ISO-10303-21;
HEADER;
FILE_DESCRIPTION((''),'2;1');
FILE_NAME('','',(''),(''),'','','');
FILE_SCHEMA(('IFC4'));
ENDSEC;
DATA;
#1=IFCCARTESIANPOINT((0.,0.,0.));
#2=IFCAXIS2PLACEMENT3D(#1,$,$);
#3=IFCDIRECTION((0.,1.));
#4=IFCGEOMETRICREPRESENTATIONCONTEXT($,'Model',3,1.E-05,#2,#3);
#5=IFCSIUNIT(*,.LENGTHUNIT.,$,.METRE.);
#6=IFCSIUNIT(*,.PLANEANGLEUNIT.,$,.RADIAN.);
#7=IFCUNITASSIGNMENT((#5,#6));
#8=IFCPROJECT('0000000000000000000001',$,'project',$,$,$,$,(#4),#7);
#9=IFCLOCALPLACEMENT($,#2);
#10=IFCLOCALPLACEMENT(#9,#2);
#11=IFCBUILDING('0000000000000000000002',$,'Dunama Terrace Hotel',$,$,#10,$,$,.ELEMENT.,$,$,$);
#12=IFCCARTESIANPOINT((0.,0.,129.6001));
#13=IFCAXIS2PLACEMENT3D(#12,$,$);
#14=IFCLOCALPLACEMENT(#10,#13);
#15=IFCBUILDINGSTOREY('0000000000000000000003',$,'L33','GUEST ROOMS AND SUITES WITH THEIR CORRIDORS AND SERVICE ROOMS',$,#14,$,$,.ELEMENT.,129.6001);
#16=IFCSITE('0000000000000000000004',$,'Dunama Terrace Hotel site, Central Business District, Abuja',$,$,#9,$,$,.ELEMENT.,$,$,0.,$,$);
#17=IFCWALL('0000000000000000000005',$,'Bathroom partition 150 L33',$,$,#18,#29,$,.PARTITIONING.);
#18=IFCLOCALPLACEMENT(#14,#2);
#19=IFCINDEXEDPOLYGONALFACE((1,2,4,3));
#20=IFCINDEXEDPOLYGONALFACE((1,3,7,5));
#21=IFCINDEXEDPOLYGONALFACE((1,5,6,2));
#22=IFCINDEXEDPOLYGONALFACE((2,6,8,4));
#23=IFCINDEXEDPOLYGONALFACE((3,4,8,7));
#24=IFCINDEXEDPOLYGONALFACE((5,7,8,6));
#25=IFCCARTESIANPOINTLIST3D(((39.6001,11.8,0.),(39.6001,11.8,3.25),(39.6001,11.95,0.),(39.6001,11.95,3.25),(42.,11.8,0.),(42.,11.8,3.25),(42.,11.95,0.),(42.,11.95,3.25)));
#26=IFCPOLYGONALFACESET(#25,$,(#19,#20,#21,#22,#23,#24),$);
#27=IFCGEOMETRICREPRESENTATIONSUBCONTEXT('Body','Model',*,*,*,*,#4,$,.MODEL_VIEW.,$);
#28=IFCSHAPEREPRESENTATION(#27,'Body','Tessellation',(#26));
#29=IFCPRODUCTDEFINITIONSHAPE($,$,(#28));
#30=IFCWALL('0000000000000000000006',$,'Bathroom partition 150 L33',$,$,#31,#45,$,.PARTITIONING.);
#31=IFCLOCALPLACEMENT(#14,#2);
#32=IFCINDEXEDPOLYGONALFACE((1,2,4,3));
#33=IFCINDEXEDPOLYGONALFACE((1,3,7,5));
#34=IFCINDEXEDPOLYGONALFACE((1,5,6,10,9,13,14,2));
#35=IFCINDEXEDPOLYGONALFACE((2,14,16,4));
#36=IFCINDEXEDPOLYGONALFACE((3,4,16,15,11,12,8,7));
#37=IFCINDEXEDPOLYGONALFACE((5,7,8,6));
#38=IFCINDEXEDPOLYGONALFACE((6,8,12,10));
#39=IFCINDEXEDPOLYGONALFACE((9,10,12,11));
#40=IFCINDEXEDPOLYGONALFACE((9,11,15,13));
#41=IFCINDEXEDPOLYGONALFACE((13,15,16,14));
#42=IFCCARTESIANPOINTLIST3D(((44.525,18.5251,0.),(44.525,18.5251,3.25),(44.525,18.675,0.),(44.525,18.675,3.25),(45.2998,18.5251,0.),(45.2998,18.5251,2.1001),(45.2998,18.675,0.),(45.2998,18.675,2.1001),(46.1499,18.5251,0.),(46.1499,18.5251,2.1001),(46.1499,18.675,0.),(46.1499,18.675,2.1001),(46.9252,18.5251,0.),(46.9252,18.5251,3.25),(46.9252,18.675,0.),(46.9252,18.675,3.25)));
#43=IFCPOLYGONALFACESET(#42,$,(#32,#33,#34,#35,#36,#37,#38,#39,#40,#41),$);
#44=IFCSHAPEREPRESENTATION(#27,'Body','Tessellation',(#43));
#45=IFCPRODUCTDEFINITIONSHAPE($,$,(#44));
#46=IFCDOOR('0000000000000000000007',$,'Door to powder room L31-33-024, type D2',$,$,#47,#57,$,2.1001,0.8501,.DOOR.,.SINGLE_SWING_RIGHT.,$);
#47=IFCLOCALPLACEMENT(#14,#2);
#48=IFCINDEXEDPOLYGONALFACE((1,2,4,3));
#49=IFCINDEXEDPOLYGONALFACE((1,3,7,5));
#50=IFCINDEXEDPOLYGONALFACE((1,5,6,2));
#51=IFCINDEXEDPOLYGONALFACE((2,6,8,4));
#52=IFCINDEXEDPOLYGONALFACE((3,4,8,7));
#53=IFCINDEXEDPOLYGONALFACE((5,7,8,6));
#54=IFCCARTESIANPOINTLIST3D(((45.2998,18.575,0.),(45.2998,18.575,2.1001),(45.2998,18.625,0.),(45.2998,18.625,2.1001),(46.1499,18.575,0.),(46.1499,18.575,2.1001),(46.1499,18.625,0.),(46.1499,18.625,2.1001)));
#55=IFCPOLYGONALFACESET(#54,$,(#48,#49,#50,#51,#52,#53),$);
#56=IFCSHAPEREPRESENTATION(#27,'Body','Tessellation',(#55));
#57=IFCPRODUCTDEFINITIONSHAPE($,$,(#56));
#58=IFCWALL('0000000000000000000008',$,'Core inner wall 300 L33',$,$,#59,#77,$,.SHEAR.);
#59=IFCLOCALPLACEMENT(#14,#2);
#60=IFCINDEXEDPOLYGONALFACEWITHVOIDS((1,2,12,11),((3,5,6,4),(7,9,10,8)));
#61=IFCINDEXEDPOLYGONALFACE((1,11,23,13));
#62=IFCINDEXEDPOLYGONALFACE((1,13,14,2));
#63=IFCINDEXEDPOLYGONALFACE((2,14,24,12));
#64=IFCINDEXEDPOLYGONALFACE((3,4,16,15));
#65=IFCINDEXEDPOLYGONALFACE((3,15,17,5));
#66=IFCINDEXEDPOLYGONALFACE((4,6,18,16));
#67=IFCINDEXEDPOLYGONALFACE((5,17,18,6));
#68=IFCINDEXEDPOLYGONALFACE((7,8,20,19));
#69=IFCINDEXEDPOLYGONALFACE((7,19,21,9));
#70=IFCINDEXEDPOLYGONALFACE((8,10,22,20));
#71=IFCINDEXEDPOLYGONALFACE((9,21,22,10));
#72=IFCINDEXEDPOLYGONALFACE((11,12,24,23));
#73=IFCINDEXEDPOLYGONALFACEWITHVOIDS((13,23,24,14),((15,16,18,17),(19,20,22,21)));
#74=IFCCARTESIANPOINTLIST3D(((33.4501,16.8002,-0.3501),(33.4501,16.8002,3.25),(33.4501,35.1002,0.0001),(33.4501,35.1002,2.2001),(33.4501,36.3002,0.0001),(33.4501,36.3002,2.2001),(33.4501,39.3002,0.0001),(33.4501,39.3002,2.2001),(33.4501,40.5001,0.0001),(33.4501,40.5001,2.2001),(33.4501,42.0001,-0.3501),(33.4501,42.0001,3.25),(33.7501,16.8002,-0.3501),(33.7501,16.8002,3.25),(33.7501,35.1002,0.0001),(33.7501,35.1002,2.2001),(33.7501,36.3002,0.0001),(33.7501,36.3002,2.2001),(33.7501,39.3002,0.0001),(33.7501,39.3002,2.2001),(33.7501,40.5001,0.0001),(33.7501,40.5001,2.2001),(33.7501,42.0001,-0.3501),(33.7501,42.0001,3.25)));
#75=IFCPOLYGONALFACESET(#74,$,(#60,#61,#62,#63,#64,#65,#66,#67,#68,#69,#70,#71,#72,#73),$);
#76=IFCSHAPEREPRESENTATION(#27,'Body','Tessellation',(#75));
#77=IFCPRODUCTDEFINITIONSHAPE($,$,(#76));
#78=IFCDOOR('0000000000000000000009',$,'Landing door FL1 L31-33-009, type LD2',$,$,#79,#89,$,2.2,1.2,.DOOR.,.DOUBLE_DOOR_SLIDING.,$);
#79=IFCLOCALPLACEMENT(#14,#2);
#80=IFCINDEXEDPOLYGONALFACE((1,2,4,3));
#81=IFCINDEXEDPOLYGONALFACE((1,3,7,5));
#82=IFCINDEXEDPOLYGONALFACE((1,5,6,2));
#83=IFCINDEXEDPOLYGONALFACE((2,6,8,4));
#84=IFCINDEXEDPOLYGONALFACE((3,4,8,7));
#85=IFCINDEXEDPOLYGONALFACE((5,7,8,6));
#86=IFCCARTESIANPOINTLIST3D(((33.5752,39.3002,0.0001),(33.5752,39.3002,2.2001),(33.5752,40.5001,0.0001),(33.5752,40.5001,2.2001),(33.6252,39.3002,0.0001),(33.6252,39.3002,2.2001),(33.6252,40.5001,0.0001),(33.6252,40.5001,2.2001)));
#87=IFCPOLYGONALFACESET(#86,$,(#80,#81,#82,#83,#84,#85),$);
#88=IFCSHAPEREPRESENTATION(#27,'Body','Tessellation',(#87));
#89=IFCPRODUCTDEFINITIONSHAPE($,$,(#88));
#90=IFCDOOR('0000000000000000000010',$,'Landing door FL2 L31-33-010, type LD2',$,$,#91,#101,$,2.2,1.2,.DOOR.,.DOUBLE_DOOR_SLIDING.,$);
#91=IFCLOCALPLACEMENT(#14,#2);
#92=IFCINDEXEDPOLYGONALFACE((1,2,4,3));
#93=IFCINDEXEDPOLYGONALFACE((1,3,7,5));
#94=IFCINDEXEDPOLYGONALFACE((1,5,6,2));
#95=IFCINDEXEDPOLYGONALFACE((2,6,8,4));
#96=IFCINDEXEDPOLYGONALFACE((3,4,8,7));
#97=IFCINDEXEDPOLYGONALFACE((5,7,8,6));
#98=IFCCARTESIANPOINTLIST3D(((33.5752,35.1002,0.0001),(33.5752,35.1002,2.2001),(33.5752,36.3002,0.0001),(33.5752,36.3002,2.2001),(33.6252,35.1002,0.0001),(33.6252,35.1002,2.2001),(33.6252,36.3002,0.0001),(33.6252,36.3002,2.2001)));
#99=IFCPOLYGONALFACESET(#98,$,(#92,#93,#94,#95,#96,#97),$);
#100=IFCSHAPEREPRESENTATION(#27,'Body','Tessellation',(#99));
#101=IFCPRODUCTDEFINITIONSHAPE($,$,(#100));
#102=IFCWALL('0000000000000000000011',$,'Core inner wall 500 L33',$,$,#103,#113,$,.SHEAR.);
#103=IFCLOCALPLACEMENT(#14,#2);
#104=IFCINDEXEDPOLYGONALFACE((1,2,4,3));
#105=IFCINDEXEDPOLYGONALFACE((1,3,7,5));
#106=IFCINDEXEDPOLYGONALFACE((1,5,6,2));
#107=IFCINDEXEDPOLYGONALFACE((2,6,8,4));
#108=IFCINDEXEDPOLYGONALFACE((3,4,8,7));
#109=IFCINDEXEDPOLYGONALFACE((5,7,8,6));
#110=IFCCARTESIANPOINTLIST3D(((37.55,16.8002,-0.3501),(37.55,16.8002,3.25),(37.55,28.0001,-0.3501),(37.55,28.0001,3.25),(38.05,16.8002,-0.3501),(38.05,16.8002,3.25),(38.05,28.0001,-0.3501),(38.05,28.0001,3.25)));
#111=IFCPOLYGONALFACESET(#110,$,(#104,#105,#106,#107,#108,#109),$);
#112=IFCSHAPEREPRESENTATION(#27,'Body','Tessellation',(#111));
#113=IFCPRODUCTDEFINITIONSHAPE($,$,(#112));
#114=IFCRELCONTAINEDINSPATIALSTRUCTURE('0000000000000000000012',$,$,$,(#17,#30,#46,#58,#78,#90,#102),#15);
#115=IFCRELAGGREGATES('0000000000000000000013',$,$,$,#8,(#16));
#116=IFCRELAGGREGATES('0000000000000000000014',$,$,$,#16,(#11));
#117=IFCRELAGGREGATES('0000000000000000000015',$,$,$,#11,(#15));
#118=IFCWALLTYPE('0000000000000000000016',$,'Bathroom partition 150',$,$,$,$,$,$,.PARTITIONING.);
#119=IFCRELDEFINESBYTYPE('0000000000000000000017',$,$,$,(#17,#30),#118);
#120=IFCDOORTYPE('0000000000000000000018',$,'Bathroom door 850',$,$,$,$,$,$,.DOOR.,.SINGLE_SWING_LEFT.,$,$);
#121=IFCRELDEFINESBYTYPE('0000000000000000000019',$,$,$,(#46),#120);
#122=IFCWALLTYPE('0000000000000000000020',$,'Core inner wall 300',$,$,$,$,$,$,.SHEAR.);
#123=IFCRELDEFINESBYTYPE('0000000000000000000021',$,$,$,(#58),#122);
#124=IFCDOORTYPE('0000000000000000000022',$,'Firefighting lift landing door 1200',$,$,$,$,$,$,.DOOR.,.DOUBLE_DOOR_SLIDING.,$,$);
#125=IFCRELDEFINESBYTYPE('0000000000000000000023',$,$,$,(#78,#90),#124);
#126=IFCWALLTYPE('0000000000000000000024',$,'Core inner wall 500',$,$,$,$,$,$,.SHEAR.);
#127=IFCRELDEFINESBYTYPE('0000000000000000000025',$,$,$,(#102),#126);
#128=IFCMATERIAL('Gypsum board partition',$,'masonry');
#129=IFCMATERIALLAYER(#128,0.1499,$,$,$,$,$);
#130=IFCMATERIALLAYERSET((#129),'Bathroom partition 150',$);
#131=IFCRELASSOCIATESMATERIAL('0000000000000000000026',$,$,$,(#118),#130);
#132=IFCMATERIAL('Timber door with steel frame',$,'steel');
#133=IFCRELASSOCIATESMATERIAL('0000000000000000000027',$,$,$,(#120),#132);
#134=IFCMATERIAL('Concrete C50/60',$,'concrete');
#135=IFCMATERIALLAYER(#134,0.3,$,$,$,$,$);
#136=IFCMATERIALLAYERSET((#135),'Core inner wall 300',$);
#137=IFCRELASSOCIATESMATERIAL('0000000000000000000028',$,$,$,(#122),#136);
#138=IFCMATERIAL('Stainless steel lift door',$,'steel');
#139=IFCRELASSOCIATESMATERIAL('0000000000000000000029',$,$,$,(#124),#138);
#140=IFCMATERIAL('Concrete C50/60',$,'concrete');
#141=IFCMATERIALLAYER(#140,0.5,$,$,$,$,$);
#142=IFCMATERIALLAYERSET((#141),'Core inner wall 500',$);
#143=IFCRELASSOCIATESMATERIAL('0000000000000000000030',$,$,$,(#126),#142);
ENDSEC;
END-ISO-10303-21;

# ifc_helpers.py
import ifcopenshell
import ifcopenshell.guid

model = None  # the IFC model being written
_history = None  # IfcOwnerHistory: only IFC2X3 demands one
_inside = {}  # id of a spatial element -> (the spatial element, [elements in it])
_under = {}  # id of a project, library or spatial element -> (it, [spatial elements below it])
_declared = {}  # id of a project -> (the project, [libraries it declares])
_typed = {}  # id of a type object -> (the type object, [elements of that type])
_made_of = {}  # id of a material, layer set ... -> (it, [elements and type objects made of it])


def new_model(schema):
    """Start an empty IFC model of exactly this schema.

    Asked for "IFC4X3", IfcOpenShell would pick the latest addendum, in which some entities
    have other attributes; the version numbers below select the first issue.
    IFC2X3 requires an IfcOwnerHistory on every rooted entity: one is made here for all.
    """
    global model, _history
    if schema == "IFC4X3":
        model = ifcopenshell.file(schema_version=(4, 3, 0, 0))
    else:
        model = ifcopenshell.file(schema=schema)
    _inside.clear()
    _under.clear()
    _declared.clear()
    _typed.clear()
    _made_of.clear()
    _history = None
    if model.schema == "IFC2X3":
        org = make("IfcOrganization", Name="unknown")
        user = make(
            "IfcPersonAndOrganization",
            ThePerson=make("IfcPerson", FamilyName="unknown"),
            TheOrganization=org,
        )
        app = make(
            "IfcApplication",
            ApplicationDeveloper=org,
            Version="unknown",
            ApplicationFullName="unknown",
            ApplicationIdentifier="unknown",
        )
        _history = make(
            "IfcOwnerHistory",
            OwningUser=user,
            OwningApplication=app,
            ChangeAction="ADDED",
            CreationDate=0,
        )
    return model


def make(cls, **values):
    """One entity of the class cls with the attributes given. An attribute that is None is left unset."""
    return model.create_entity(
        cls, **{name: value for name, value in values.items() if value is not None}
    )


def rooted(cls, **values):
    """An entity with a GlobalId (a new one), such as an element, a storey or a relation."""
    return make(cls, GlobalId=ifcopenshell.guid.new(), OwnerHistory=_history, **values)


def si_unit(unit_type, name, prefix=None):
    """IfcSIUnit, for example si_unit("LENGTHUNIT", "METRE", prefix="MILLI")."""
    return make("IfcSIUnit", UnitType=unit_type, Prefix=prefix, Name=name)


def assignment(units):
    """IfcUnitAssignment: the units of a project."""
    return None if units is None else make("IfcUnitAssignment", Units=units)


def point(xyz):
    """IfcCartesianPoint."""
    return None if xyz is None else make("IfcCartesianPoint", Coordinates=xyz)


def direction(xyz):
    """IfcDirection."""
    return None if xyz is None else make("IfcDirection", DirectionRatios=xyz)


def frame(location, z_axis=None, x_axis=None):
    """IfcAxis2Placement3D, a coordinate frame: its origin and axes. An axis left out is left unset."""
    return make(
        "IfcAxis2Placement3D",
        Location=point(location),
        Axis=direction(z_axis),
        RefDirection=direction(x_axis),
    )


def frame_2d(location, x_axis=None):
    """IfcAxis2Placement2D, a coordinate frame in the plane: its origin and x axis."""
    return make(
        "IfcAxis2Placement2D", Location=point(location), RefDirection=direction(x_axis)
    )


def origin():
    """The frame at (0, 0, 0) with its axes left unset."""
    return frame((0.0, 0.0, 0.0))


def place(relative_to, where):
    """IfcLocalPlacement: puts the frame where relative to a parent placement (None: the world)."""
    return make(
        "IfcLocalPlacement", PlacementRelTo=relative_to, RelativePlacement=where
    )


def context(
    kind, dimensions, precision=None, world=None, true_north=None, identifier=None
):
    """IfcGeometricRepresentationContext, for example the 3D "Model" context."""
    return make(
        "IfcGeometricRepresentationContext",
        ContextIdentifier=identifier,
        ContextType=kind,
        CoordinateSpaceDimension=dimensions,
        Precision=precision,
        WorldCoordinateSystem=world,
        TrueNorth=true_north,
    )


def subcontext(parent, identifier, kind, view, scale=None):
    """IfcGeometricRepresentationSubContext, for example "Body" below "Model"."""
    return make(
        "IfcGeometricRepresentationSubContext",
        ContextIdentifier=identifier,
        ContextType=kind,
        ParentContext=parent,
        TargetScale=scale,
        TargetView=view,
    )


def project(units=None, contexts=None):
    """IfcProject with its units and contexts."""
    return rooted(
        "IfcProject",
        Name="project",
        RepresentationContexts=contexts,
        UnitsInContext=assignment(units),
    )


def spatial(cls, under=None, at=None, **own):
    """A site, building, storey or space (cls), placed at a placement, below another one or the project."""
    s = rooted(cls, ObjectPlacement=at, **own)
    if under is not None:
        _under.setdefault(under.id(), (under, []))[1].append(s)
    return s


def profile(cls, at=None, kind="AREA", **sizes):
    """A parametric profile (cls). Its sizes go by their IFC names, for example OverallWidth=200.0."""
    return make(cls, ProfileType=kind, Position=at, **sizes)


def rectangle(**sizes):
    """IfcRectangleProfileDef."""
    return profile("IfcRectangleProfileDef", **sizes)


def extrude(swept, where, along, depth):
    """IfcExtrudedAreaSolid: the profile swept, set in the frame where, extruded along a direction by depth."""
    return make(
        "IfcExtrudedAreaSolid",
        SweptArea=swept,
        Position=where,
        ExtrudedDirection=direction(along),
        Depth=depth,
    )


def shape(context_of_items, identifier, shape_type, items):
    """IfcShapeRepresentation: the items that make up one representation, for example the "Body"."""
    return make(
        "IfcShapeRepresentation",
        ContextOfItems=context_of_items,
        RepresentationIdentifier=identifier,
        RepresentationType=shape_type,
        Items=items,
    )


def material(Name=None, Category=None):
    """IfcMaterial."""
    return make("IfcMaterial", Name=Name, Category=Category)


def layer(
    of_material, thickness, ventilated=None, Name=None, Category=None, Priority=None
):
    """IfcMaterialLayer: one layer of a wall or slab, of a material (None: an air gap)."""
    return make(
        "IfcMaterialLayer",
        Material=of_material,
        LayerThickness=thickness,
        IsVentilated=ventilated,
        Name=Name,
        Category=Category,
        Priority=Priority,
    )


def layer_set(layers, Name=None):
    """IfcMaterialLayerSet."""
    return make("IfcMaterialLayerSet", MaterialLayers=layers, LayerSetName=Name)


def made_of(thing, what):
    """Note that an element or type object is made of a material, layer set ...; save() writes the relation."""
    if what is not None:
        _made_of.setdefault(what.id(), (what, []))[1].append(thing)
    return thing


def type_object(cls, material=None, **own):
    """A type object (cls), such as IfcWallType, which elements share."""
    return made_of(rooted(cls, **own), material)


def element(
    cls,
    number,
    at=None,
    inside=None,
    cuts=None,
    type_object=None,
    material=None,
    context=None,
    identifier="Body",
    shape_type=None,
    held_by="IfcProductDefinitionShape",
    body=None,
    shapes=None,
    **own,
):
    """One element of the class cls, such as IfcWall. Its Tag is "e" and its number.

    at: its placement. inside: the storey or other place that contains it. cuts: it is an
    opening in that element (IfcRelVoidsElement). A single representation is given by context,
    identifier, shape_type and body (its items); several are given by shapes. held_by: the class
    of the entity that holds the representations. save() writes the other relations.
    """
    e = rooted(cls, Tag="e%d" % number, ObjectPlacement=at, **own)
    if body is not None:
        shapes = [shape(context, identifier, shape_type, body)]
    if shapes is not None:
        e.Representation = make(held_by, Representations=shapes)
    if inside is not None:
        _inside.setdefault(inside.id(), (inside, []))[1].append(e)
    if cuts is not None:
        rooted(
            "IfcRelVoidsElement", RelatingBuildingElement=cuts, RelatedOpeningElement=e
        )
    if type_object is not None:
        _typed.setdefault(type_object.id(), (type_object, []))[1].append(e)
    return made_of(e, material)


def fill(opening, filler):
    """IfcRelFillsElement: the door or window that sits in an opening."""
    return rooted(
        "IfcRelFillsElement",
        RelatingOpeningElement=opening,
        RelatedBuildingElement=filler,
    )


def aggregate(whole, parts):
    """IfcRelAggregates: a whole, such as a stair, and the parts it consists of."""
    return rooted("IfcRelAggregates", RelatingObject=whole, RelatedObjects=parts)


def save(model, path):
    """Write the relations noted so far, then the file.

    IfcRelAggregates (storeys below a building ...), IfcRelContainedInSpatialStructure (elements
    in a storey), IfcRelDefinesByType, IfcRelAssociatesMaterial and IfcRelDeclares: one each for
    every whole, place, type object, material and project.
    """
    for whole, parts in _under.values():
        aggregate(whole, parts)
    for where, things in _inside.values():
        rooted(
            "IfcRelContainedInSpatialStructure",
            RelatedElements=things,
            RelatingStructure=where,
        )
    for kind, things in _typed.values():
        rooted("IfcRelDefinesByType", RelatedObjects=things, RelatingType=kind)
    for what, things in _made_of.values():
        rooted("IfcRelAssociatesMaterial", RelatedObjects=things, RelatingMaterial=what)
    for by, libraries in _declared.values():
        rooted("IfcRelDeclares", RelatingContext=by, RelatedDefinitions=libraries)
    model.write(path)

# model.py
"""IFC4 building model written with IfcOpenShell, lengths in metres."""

from ifc_helpers import new_model, si_unit, direction, frame, frame_2d, origin, place, context, subcontext, project, spatial, rectangle, extrude, material, layer, layer_set, type_object, element, fill, save


model = new_model("IFC4")

# Units and contexts
model_context = context("Model", 3, precision=1e-05, world=origin(), true_north=direction((0.0, 1.0)))
body_context = subcontext(model_context, "Body", "Model", "MODEL_VIEW")
ifc_project = project(units=[si_unit("LENGTHUNIT", "METRE"), si_unit("PLANEANGLEUNIT", "RADIAN")], contexts=[model_context])

# Site, building, storey
site_placement = place(None, origin())
site = spatial("IfcSite", under=ifc_project, at=site_placement, Name="Dunama Terrace Hotel site, Central Business District, Abuja", CompositionType="ELEMENT", RefElevation=0.0)
building_placement = place(site_placement, origin())
building = spatial("IfcBuilding", under=site, at=building_placement, Name="Dunama Terrace Hotel", CompositionType="ELEMENT")
storey_placement = place(building_placement, frame((0.0, 0.0, 129.6001)))
storey = spatial("IfcBuildingStorey", under=building, at=storey_placement, Name="L33", Description="GUEST ROOMS AND SUITES WITH THEIR CORRIDORS AND SERVICE ROOMS", CompositionType="ELEMENT", Elevation=129.6001)

# Wall
ifc_material_1 = material(Name="Gypsum board partition", Category="masonry")
ifc_layer_1 = layer(ifc_material_1, 0.1499)
ifc_layer_set_1 = layer_set([ifc_layer_1], Name="Bathroom partition 150")
wall_type_1 = type_object("IfcWallType", Name="Bathroom partition 150", PredefinedType="PARTITIONING", material=ifc_layer_set_1)
wall_1_placement = place(storey_placement, frame((39.6001, 11.875, 0.0), z_axis=(0.0, 0.0, 1.0), x_axis=(1.0, 0.0, 0.0)))
element("IfcWall", 1, at=wall_1_placement, inside=storey, type_object=wall_type_1, Name="Bathroom partition 150 L33", PredefinedType="PARTITIONING", context=body_context, shape_type="SweptSolid", body=[
    extrude(rectangle(XDim=2.3999, YDim=0.1499, at=frame_2d((1.2, 0.0))), origin(), (0.0, 0.0, 1.0), 3.25),
])

# Wall, opening, door
wall_2_placement = place(storey_placement, frame((44.5249, 18.6001, 0.0), z_axis=(0.0, 0.0, 1.0), x_axis=(1.0, 0.0, 0.0)))
wall_2 = element("IfcWall", 2, at=wall_2_placement, inside=storey, type_object=wall_type_1, Name="Bathroom partition 150 L33", PredefinedType="PARTITIONING", context=body_context, shape_type="SweptSolid", body=[
    extrude(rectangle(XDim=2.4001, YDim=0.1499, at=frame_2d((1.2002, 0.0))), origin(), (0.0, 0.0, 1.0), 3.25),
])
opening_1_placement = place(wall_2_placement, frame((0.7749, 0.0, 0.0)))
opening_1 = element("IfcOpeningElement", 3, at=opening_1_placement, cuts=wall_2, PredefinedType="OPENING", context=body_context, shape_type="SweptSolid", body=[
    extrude(rectangle(XDim=0.8501, YDim=2.1001, at=frame_2d((0.425, 1.05))), frame((0.0, 0.085, 0.0), z_axis=(0.0, -1.0, 0.0), x_axis=(1.0, 0.0, 0.0)), (0.0, 0.0, 1.0), 0.1699),
])
ifc_material_2 = material(Name="Timber door with steel frame", Category="steel")
door_type_1 = type_object("IfcDoorType", Name="Bathroom door 850", OperationType="SINGLE_SWING_LEFT", PredefinedType="DOOR", material=ifc_material_2)
door_1_placement = place(opening_1_placement, frame((0.8501, 0.0, 0.0), z_axis=(0.0, 0.0, 1.0), x_axis=(-1.0, 0.0, 0.0)))
door_1 = element("IfcDoor", 4, at=door_1_placement, inside=storey, type_object=door_type_1, Name="Door to powder room L31-33-024, type D2", OperationType="SINGLE_SWING_RIGHT", OverallHeight=2.1001, OverallWidth=0.8501, PredefinedType="DOOR", context=body_context, shape_type="SweptSolid", body=[
    extrude(rectangle(XDim=0.8501, YDim=2.1001, at=frame_2d((0.425, 1.05))), frame((0.0, 0.0251, 0.0), z_axis=(0.0, -1.0, 0.0), x_axis=(1.0, 0.0, 0.0)), (0.0, 0.0, 1.0), 0.05),
])
fill(opening_1, door_1)

# Wall, openings, doors
ifc_material_3 = material(Name="Concrete C50/60", Category="concrete")
ifc_layer_2 = layer(ifc_material_3, 0.3)
ifc_layer_set_2 = layer_set([ifc_layer_2], Name="Core inner wall 300")
wall_type_2 = type_object("IfcWallType", Name="Core inner wall 300", PredefinedType="SHEAR", material=ifc_layer_set_2)
wall_3_placement = place(storey_placement, frame((33.6001, 16.8, -0.3501), z_axis=(0.0, 0.0, 1.0), x_axis=(0.0, 1.0, 0.0)))
wall_3 = element("IfcWall", 5, at=wall_3_placement, inside=storey, type_object=wall_type_2, Name="Core inner wall 300 L33", PredefinedType="SHEAR", context=body_context, shape_type="SweptSolid", body=[
    extrude(rectangle(XDim=25.2, YDim=0.3, at=frame_2d((12.6001, 0.0))), origin(), (0.0, 0.0, 1.0), 3.6001),
])
opening_2_placement = place(wall_3_placement, frame((22.5, 0.0, 0.3501)))
opening_2 = element("IfcOpeningElement", 6, at=opening_2_placement, cuts=wall_3, PredefinedType="OPENING", context=body_context, shape_type="SweptSolid", body=[
    extrude(rectangle(XDim=1.2, YDim=2.2, at=frame_2d((0.6001, 1.1001))), frame((0.0, 0.1599, 0.0), z_axis=(0.0, -1.0, 0.0), x_axis=(1.0, 0.0, 0.0)), (0.0, 0.0, 1.0), 0.3201),
])
opening_3_placement = place(wall_3_placement, frame((18.3, 0.0, 0.3501)))
opening_3 = element("IfcOpeningElement", 7, at=opening_3_placement, cuts=wall_3, PredefinedType="OPENING", context=body_context, shape_type="SweptSolid", body=[
    extrude(rectangle(XDim=1.2, YDim=2.2, at=frame_2d((0.6001, 1.1001))), frame((0.0, 0.1599, 0.0), z_axis=(0.0, -1.0, 0.0), x_axis=(1.0, 0.0, 0.0)), (0.0, 0.0, 1.0), 0.3201),
])
ifc_material_4 = material(Name="Stainless steel lift door", Category="steel")
door_type_2 = type_object("IfcDoorType", Name="Firefighting lift landing door 1200", OperationType="DOUBLE_DOOR_SLIDING", PredefinedType="DOOR", material=ifc_material_4)
door_2_placement = place(opening_2_placement, origin())
door_2 = element("IfcDoor", 8, at=door_2_placement, inside=storey, type_object=door_type_2, Name="Landing door FL1 L31-33-009, type LD2", OperationType="DOUBLE_DOOR_SLIDING", OverallHeight=2.2, OverallWidth=1.2, PredefinedType="DOOR", context=body_context, shape_type="SweptSolid", body=[
    extrude(rectangle(XDim=1.2, YDim=2.2, at=frame_2d((0.6001, 1.1001))), frame((0.0, 0.0249, 0.0), z_axis=(0.0, -1.0, 0.0), x_axis=(1.0, 0.0, 0.0)), (0.0, 0.0, 1.0), 0.05),
])
fill(opening_2, door_2)
door_3_placement = place(opening_3_placement, origin())
door_3 = element("IfcDoor", 9, at=door_3_placement, inside=storey, type_object=door_type_2, Name="Landing door FL2 L31-33-010, type LD2", OperationType="DOUBLE_DOOR_SLIDING", OverallHeight=2.2, OverallWidth=1.2, PredefinedType="DOOR", context=body_context, shape_type="SweptSolid", body=[
    extrude(rectangle(XDim=1.2, YDim=2.2, at=frame_2d((0.6001, 1.1001))), frame((0.0, 0.0249, 0.0), z_axis=(0.0, -1.0, 0.0), x_axis=(1.0, 0.0, 0.0)), (0.0, 0.0, 1.0), 0.05),
])
fill(opening_3, door_3)

# Wall
ifc_material_5 = material(Name="Concrete C50/60", Category="concrete")
ifc_layer_3 = layer(ifc_material_5, 0.5)
ifc_layer_set_3 = layer_set([ifc_layer_3], Name="Core inner wall 500")
wall_type_3 = type_object("IfcWallType", Name="Core inner wall 500", PredefinedType="SHEAR", material=ifc_layer_set_3)
wall_4_placement = place(storey_placement, frame((37.8, 16.8, -0.3501), z_axis=(0.0, 0.0, 1.0), x_axis=(0.0, 1.0, 0.0)))
element("IfcWall", 10, at=wall_4_placement, inside=storey, type_object=wall_type_3, Name="Core inner wall 500 L33", PredefinedType="SHEAR", context=body_context, shape_type="SweptSolid", body=[
    extrude(rectangle(XDim=11.2, YDim=0.5, at=frame_2d((5.6001, 0.0))), origin(), (0.0, 0.0, 1.0), 3.6001),
])

save(model, "model.ifc")
